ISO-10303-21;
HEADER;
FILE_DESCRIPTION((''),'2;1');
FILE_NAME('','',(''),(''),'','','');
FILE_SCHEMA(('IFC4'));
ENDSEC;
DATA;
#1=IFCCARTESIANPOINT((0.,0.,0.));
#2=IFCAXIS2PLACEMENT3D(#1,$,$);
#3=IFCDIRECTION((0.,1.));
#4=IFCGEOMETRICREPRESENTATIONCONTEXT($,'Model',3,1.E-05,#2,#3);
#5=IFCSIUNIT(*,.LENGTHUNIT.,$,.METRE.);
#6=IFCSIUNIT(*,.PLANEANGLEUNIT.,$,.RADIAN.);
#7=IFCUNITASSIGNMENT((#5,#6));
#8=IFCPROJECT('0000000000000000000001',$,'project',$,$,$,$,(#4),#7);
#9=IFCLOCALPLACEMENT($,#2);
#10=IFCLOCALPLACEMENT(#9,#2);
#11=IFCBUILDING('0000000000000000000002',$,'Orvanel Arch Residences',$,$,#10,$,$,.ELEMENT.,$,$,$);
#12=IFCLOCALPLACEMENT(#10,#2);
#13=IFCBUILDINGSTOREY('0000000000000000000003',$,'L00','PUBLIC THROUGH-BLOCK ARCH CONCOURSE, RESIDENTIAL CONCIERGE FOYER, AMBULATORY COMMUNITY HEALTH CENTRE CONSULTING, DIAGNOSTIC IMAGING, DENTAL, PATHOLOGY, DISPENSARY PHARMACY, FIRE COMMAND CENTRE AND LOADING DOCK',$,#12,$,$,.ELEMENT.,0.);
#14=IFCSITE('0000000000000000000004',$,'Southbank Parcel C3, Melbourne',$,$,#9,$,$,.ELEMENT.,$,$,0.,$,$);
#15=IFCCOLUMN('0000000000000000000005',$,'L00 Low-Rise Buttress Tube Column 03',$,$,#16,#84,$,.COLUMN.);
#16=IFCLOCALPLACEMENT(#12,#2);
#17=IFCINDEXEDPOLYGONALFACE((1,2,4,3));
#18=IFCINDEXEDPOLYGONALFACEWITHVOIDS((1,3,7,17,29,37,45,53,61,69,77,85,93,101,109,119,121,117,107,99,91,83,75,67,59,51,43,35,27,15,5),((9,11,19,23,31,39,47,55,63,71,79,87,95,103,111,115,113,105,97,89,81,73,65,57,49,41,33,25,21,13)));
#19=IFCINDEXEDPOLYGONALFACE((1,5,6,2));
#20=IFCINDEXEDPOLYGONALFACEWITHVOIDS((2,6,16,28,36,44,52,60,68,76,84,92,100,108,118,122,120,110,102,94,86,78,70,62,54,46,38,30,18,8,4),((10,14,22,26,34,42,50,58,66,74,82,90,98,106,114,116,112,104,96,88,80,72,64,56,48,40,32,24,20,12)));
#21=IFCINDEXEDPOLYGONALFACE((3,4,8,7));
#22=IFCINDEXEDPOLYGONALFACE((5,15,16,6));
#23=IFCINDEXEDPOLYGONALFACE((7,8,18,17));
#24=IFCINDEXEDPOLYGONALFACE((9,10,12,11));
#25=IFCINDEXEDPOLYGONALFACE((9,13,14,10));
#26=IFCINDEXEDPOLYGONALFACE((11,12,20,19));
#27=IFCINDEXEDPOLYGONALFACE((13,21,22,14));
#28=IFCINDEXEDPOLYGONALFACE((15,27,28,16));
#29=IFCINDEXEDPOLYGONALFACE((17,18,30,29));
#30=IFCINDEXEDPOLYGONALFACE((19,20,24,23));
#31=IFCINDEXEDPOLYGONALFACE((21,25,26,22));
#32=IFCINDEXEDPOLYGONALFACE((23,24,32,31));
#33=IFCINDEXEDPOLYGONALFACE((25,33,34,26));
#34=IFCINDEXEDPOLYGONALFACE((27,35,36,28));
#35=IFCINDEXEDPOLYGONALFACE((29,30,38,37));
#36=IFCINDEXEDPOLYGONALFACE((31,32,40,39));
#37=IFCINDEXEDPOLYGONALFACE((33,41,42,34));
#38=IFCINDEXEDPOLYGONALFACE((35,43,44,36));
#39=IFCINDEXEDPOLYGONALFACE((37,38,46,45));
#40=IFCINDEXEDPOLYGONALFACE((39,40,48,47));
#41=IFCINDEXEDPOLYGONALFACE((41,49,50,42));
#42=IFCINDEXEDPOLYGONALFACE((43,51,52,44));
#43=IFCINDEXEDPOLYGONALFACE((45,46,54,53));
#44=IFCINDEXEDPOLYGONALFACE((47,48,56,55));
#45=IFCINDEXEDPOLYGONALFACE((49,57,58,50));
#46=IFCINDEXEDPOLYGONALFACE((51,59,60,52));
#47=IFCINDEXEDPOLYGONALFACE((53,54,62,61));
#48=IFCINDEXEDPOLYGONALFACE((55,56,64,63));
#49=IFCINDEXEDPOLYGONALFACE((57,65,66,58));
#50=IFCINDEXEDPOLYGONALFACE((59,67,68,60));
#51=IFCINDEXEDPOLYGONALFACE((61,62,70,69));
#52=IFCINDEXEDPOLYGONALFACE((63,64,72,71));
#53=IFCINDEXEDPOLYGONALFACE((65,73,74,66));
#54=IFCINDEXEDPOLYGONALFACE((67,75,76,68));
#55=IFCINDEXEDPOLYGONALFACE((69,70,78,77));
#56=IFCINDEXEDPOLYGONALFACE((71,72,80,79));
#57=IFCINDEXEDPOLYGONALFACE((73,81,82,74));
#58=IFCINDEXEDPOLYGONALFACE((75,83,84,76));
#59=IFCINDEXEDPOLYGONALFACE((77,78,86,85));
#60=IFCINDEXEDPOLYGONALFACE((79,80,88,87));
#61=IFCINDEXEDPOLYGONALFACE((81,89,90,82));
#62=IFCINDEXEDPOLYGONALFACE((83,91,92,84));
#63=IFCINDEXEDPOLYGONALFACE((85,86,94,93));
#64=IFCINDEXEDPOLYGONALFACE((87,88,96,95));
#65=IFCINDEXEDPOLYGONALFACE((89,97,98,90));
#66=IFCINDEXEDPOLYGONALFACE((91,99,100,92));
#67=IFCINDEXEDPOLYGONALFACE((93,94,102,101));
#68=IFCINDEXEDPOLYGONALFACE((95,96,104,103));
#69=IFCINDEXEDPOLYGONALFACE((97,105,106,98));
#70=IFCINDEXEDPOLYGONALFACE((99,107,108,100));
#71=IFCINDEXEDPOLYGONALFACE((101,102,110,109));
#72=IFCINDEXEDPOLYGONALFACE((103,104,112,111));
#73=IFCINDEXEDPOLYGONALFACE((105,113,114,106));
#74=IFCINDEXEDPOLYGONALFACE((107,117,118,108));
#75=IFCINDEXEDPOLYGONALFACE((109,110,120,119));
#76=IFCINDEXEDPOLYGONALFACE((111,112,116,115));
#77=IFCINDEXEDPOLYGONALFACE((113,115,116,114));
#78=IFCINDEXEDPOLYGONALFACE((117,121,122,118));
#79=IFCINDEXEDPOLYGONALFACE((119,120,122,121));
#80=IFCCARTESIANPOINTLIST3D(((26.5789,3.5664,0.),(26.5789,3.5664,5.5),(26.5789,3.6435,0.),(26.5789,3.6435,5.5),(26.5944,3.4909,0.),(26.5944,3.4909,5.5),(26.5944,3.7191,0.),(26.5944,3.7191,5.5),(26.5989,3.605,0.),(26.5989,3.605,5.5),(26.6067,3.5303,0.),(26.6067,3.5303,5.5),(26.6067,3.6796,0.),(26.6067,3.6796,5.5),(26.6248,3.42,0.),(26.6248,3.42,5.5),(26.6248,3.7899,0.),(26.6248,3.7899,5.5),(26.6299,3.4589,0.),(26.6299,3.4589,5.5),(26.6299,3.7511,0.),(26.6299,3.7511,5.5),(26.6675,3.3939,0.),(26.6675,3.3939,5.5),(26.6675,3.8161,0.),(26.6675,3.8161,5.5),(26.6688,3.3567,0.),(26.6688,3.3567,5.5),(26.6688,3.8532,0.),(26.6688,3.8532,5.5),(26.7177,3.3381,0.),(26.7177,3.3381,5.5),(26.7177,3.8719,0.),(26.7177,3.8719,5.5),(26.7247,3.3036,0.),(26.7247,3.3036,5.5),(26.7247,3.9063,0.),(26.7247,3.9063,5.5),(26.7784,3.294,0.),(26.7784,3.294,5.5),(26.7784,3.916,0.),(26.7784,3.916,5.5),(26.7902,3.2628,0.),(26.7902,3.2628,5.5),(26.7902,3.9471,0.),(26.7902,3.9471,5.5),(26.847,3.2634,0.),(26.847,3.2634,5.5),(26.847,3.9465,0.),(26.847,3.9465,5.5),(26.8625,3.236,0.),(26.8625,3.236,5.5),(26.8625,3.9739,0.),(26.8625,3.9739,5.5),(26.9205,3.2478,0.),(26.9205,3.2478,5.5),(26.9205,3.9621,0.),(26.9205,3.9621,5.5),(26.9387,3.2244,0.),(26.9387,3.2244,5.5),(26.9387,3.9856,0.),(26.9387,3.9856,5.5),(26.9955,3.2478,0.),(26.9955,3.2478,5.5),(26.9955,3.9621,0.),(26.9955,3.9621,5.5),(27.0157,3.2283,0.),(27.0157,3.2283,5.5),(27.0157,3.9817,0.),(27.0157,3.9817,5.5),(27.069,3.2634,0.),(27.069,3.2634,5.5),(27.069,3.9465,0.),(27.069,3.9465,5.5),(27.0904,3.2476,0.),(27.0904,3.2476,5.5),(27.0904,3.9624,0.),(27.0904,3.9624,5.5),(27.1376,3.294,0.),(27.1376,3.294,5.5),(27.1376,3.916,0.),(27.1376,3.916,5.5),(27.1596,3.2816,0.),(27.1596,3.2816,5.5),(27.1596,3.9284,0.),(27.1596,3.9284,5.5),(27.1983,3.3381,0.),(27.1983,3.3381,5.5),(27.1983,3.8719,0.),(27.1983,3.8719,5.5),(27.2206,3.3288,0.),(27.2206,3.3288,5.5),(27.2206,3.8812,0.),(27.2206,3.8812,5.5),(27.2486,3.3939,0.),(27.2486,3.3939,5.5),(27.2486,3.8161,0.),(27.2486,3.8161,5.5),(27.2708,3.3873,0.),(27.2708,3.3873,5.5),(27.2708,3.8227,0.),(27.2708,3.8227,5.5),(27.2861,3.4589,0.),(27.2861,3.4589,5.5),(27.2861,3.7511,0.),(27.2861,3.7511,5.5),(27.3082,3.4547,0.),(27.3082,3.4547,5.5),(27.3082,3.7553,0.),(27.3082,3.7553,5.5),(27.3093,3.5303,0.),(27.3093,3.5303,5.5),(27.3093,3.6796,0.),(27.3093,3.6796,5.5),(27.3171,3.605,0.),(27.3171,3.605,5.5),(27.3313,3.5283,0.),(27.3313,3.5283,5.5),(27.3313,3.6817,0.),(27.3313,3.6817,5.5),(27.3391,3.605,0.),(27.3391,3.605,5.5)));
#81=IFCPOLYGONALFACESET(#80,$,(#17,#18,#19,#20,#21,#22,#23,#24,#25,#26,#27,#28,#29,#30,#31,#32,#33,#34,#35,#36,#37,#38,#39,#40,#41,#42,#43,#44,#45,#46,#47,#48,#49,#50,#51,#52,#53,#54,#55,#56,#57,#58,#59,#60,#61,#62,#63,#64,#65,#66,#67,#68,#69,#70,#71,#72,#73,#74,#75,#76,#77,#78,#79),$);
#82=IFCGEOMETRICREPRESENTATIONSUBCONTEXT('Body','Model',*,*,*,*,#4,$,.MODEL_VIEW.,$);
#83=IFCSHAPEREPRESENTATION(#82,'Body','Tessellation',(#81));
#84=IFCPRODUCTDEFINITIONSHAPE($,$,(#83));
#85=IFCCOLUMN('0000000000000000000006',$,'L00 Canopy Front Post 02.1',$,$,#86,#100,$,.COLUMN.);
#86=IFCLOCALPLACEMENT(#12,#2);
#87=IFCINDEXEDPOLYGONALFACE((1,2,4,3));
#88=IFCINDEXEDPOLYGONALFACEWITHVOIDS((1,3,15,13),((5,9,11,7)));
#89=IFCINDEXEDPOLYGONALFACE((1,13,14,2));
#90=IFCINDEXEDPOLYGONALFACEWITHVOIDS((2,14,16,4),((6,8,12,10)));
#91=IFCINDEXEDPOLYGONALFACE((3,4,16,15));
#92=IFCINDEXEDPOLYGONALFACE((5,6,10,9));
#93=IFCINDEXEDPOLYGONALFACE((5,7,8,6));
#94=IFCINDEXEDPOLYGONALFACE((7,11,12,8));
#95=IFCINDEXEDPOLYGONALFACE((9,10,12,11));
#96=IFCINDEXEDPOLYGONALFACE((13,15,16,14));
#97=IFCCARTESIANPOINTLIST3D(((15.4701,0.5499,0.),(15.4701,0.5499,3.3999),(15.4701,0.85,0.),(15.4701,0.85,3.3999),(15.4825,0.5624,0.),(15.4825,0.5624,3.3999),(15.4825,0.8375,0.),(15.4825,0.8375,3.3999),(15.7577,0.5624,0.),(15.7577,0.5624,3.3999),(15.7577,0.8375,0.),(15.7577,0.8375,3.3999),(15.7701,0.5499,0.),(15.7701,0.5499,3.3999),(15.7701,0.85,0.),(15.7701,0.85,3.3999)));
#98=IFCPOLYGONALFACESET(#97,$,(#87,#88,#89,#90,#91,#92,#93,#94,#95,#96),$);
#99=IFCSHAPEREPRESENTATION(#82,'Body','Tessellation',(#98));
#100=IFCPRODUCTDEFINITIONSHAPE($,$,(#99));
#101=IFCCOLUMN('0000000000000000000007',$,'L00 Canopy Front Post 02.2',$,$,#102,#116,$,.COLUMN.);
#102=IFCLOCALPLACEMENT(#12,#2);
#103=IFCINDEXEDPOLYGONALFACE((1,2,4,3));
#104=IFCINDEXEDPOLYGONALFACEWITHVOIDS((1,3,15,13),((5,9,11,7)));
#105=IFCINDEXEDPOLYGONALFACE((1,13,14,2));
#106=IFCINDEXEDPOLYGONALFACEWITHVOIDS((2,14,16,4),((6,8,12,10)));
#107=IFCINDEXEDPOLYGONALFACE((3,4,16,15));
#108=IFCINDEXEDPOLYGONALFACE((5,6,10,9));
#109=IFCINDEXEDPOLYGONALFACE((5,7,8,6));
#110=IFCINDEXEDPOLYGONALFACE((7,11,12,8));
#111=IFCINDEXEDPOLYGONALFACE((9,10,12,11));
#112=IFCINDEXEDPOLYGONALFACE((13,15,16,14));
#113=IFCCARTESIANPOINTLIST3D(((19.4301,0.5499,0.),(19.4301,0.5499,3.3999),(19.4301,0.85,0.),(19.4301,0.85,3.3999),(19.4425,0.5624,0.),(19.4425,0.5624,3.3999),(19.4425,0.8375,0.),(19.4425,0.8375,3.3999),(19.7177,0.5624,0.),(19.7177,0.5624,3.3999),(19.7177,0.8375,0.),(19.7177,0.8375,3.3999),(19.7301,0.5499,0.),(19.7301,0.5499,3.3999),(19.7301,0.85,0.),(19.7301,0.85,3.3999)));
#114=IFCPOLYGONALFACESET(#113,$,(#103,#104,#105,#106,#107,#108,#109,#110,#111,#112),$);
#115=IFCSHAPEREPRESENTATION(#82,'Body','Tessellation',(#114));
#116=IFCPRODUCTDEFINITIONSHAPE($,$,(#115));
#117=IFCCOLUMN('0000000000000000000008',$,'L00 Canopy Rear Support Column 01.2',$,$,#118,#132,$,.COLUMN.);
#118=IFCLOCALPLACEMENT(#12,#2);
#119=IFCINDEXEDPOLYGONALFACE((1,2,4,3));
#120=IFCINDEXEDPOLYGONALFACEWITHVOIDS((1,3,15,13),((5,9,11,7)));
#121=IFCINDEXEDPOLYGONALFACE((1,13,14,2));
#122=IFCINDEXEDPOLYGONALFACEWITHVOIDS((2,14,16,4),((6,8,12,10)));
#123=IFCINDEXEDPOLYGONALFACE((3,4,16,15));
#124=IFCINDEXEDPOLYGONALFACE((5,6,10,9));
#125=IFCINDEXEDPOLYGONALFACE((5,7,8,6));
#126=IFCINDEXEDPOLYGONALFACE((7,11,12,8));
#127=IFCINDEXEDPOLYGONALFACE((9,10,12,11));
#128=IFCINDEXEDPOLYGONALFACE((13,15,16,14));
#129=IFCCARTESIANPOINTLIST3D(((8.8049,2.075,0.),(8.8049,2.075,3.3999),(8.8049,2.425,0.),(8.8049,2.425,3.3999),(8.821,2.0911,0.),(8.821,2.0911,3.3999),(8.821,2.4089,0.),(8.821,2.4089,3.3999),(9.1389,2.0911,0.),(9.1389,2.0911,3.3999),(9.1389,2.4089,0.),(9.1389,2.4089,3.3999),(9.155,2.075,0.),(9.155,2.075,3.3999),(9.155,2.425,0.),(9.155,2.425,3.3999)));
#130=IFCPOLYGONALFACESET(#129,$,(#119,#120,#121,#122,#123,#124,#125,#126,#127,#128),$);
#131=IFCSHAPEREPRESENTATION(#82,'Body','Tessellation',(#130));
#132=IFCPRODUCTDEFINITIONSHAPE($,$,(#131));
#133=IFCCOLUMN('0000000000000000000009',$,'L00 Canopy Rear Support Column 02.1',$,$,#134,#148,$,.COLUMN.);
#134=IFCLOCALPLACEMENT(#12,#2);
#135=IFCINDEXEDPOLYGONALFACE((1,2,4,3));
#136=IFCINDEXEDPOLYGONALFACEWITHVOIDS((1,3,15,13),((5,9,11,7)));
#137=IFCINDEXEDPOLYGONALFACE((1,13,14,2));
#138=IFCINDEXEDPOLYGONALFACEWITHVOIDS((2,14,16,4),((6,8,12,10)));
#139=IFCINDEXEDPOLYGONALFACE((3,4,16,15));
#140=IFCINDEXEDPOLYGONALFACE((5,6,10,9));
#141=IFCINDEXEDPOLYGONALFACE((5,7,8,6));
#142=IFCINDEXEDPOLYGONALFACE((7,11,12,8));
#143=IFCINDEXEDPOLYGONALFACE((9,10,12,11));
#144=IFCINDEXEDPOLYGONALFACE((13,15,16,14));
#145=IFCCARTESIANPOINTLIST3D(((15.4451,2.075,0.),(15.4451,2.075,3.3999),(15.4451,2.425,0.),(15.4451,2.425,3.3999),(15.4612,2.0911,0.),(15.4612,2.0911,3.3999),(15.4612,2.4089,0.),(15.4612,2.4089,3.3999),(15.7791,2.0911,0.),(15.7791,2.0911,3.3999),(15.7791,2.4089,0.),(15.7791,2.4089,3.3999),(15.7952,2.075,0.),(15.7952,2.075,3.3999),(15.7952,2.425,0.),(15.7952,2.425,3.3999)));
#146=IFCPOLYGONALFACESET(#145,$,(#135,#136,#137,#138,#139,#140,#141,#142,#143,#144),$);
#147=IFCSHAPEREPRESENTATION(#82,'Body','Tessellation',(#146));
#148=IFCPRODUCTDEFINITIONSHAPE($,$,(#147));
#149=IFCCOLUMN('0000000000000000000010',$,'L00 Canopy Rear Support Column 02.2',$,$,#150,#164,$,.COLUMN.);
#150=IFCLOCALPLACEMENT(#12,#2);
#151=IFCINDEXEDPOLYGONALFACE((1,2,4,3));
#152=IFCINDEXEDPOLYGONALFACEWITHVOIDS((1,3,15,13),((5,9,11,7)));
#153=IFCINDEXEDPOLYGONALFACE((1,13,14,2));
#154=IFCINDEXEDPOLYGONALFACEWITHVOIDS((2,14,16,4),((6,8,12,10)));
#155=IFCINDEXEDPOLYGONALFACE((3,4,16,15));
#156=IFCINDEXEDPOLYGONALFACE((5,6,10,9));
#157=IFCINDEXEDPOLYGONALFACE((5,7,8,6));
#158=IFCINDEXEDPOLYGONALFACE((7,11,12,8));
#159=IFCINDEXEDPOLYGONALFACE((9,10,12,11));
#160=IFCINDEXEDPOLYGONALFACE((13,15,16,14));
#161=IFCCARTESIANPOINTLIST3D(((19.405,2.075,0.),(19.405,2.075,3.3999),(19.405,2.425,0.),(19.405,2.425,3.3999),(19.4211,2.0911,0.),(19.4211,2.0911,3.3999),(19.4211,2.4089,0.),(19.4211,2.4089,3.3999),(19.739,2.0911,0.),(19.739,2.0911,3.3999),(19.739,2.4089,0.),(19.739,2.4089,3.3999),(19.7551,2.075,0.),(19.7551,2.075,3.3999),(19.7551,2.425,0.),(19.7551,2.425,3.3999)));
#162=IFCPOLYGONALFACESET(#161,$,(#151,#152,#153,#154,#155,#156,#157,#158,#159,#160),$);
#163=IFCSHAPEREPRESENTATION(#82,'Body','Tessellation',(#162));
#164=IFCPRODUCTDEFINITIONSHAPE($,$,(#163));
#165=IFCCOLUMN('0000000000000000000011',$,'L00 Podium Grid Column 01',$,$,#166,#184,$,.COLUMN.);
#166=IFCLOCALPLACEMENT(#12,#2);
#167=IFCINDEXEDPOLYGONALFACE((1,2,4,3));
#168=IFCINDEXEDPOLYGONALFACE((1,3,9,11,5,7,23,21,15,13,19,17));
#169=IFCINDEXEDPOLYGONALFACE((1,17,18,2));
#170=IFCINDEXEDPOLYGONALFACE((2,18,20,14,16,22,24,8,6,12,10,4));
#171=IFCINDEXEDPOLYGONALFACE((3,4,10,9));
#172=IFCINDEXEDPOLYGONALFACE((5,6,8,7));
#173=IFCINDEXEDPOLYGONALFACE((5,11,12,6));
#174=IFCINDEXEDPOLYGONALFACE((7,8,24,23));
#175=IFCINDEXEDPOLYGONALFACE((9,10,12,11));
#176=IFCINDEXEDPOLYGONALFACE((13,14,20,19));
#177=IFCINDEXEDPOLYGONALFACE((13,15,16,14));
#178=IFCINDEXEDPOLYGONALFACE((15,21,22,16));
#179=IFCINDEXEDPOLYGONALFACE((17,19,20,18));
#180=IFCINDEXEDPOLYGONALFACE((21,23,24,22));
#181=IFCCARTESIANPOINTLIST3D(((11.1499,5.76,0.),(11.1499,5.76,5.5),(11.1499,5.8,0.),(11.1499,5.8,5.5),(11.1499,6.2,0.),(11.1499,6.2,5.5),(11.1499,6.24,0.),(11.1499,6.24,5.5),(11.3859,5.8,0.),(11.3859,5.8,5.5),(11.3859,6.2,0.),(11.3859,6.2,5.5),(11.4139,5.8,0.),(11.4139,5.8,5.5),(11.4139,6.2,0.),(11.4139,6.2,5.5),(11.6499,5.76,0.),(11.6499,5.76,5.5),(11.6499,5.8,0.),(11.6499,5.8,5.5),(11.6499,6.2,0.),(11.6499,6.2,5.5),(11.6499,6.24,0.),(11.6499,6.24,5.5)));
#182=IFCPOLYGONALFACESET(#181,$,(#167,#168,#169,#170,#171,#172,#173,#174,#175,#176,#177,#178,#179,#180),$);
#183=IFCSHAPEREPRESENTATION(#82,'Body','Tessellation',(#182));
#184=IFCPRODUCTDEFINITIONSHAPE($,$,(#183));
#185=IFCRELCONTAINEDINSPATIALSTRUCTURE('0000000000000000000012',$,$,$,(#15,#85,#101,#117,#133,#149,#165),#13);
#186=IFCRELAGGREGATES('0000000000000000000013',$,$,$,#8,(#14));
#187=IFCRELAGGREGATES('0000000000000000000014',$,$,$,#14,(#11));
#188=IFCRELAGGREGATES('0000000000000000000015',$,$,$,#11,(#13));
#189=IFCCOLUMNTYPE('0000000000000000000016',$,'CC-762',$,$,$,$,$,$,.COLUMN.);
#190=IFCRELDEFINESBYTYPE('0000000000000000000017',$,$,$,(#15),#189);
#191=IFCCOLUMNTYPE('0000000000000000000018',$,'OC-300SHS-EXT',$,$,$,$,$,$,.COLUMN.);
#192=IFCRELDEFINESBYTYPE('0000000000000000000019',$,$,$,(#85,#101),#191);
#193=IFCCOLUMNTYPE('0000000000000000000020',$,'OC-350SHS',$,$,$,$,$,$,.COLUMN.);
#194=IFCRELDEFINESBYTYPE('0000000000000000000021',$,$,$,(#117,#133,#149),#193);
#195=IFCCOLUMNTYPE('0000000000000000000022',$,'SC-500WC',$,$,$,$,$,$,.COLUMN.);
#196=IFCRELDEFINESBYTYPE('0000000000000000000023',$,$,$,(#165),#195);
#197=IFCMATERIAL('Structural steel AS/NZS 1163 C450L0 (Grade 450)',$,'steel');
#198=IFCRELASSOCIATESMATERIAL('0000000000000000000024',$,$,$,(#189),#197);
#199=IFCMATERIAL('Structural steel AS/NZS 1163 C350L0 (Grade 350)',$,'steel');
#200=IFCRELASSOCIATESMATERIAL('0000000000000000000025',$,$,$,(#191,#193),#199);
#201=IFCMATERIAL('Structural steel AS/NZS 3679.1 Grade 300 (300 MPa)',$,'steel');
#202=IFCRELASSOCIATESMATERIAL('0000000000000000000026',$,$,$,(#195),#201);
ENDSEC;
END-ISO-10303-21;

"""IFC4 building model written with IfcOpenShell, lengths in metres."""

from ifc_helpers import new_model, si_unit, direction, frame, origin, origin_2d, place, context, subcontext, project, spatial, hollow_rectangle, hollow_circle, i_section, extrude, material, material_profile, profile_set, type_object, element, save


model = new_model("IFC4")

# Units and contexts
model_context = context("Model", 3, precision=1e-05, world=origin(), true_north=direction((0.0, 1.0)))
body_context = subcontext(model_context, "Body", "Model", "MODEL_VIEW")
ifc_project = project(units=[si_unit("LENGTHUNIT", "METRE"), si_unit("PLANEANGLEUNIT", "RADIAN")], contexts=[model_context])

# Site, building, storey
site_placement = place(None, origin())
site = spatial("IfcSite", under=ifc_project, at=site_placement, Name="Southbank Parcel C3, Melbourne", CompositionType="ELEMENT", RefElevation=0.0)
building_placement = place(site_placement, origin())
building = spatial("IfcBuilding", under=site, at=building_placement, Name="Orvanel Arch Residences", CompositionType="ELEMENT")
storey_placement = place(building_placement, origin())
storey = spatial("IfcBuildingStorey", under=building, at=storey_placement, Name="L00", Description="PUBLIC THROUGH-BLOCK ARCH CONCOURSE, RESIDENTIAL CONCIERGE FOYER, AMBULATORY COMMUNITY HEALTH CENTRE CONSULTING, DIAGNOSTIC IMAGING, DENTAL, PATHOLOGY, DISPENSARY PHARMACY, FIRE COMMAND CENTRE AND LOADING DOCK", CompositionType="ELEMENT", Elevation=0.0)

# Columns
ifc_material_1 = material(Name="Structural steel AS/NZS 1163 C450L0 (Grade 450)", Category="steel")
ifc_material_profile_1 = material_profile(ifc_material_1, hollow_circle(Radius=0.3811, WallThickness=0.022, at=origin_2d()), Name="CHS762x22")
ifc_profile_set_1 = profile_set([ifc_material_profile_1], Name="Structural steel AS/NZS 1163 C450L0 (Grade 450)")
column_type_1 = type_object("IfcColumnType", Name="CC-762", PredefinedType="COLUMN", material=ifc_profile_set_1)
column_1_placement = place(storey_placement, frame((26.958, 3.605, 0.0), z_axis=(0.0, 0.0, 1.0), x_axis=(1.0, 0.0, 0.0)))
element("IfcColumn", 1, at=column_1_placement, inside=storey, type_object=column_type_1, Name="L00 Low-Rise Buttress Tube Column 03", PredefinedType="COLUMN", context=body_context, shape_type="SweptSolid", body=[
    extrude(hollow_circle(Radius=0.3811, WallThickness=0.022, at=origin_2d()), origin(), (0.0, 0.0, 1.0), 5.5),
])
ifc_material_2 = material(Name="Structural steel AS/NZS 1163 C350L0 (Grade 350)", Category="steel")
ifc_material_profile_2 = material_profile(ifc_material_2, hollow_rectangle(XDim=0.3, YDim=0.3, WallThickness=0.0125, at=origin_2d()), Name="SHS300x300x12.5")
ifc_profile_set_2 = profile_set([ifc_material_profile_2], Name="Structural steel AS/NZS 1163 C350L0 (Grade 350)")
column_type_2 = type_object("IfcColumnType", Name="OC-300SHS-EXT", PredefinedType="COLUMN", material=ifc_profile_set_2)
for number, where, z_axis, x_axis, name in (
    (2, (15.6201, 0.7, 0.0), (0.0, 0.0, 1.0), (1.0, 0.0, 0.0), "L00 Canopy Front Post 02.1"),
    (3, (19.5801, 0.7, 0.0), (0.0, 0.0, 1.0), (1.0, 0.0, 0.0), "L00 Canopy Front Post 02.2"),
):
    element("IfcColumn", number, at=place(storey_placement, frame(where, z_axis=z_axis, x_axis=x_axis)), inside=storey, type_object=column_type_2, Name=name, PredefinedType="COLUMN", context=body_context, shape_type="SweptSolid", body=[
        extrude(hollow_rectangle(XDim=0.3, YDim=0.3, WallThickness=0.0125, at=origin_2d()), origin(), (0.0, 0.0, 1.0), 3.3999),
    ])
ifc_material_profile_3 = material_profile(ifc_material_2, hollow_rectangle(XDim=0.3501, YDim=0.3501, WallThickness=0.0161, at=origin_2d()), Name="SHS350x350x16")
ifc_profile_set_3 = profile_set([ifc_material_profile_3], Name="Structural steel AS/NZS 1163 C350L0 (Grade 350)")
column_type_3 = type_object("IfcColumnType", Name="OC-350SHS", PredefinedType="COLUMN", material=ifc_profile_set_3)
for number, where, z_axis, x_axis, name in (
    (4, (8.98, 2.25, 0.0), (0.0, 0.0, 1.0), (1.0, 0.0, 0.0), "L00 Canopy Rear Support Column 01.2"),
    (5, (15.6201, 2.25, 0.0), (0.0, 0.0, 1.0), (1.0, 0.0, 0.0), "L00 Canopy Rear Support Column 02.1"),
    (6, (19.5801, 2.25, 0.0), (0.0, 0.0, 1.0), (1.0, 0.0, 0.0), "L00 Canopy Rear Support Column 02.2"),
):
    element("IfcColumn", number, at=place(storey_placement, frame(where, z_axis=z_axis, x_axis=x_axis)), inside=storey, type_object=column_type_3, Name=name, PredefinedType="COLUMN", context=body_context, shape_type="SweptSolid", body=[
        extrude(hollow_rectangle(XDim=0.3501, YDim=0.3501, WallThickness=0.0161, at=origin_2d()), origin(), (0.0, 0.0, 1.0), 3.3999),
    ])
ifc_material_3 = material(Name="Structural steel AS/NZS 3679.1 Grade 300 (300 MPa)", Category="steel")
ifc_material_profile_4 = material_profile(ifc_material_3, i_section(OverallWidth=0.5, OverallDepth=0.48, WebThickness=0.0281, FlangeThickness=0.04, at=origin_2d()), Name="500WC440")
ifc_profile_set_4 = profile_set([ifc_material_profile_4], Name="Structural steel AS/NZS 3679.1 Grade 300 (300 MPa)")
column_type_4 = type_object("IfcColumnType", Name="SC-500WC", PredefinedType="COLUMN", material=ifc_profile_set_4)
for number, where, z_axis, x_axis, name in (
    (7, (11.3999, 6.0, 0.0), (0.0, 0.0, 1.0), (1.0, 0.0, 0.0), "L00 Podium Grid Column 01"),
):
    element("IfcColumn", number, at=place(storey_placement, frame(where, z_axis=z_axis, x_axis=x_axis)), inside=storey, type_object=column_type_4, Name=name, PredefinedType="COLUMN", context=body_context, shape_type="SweptSolid", body=[
        extrude(i_section(OverallWidth=0.5, OverallDepth=0.48, WebThickness=0.0281, FlangeThickness=0.04, at=origin_2d()), origin(), (0.0, 0.0, 1.0), 5.5),
    ])

save(model, "model.ifc")
